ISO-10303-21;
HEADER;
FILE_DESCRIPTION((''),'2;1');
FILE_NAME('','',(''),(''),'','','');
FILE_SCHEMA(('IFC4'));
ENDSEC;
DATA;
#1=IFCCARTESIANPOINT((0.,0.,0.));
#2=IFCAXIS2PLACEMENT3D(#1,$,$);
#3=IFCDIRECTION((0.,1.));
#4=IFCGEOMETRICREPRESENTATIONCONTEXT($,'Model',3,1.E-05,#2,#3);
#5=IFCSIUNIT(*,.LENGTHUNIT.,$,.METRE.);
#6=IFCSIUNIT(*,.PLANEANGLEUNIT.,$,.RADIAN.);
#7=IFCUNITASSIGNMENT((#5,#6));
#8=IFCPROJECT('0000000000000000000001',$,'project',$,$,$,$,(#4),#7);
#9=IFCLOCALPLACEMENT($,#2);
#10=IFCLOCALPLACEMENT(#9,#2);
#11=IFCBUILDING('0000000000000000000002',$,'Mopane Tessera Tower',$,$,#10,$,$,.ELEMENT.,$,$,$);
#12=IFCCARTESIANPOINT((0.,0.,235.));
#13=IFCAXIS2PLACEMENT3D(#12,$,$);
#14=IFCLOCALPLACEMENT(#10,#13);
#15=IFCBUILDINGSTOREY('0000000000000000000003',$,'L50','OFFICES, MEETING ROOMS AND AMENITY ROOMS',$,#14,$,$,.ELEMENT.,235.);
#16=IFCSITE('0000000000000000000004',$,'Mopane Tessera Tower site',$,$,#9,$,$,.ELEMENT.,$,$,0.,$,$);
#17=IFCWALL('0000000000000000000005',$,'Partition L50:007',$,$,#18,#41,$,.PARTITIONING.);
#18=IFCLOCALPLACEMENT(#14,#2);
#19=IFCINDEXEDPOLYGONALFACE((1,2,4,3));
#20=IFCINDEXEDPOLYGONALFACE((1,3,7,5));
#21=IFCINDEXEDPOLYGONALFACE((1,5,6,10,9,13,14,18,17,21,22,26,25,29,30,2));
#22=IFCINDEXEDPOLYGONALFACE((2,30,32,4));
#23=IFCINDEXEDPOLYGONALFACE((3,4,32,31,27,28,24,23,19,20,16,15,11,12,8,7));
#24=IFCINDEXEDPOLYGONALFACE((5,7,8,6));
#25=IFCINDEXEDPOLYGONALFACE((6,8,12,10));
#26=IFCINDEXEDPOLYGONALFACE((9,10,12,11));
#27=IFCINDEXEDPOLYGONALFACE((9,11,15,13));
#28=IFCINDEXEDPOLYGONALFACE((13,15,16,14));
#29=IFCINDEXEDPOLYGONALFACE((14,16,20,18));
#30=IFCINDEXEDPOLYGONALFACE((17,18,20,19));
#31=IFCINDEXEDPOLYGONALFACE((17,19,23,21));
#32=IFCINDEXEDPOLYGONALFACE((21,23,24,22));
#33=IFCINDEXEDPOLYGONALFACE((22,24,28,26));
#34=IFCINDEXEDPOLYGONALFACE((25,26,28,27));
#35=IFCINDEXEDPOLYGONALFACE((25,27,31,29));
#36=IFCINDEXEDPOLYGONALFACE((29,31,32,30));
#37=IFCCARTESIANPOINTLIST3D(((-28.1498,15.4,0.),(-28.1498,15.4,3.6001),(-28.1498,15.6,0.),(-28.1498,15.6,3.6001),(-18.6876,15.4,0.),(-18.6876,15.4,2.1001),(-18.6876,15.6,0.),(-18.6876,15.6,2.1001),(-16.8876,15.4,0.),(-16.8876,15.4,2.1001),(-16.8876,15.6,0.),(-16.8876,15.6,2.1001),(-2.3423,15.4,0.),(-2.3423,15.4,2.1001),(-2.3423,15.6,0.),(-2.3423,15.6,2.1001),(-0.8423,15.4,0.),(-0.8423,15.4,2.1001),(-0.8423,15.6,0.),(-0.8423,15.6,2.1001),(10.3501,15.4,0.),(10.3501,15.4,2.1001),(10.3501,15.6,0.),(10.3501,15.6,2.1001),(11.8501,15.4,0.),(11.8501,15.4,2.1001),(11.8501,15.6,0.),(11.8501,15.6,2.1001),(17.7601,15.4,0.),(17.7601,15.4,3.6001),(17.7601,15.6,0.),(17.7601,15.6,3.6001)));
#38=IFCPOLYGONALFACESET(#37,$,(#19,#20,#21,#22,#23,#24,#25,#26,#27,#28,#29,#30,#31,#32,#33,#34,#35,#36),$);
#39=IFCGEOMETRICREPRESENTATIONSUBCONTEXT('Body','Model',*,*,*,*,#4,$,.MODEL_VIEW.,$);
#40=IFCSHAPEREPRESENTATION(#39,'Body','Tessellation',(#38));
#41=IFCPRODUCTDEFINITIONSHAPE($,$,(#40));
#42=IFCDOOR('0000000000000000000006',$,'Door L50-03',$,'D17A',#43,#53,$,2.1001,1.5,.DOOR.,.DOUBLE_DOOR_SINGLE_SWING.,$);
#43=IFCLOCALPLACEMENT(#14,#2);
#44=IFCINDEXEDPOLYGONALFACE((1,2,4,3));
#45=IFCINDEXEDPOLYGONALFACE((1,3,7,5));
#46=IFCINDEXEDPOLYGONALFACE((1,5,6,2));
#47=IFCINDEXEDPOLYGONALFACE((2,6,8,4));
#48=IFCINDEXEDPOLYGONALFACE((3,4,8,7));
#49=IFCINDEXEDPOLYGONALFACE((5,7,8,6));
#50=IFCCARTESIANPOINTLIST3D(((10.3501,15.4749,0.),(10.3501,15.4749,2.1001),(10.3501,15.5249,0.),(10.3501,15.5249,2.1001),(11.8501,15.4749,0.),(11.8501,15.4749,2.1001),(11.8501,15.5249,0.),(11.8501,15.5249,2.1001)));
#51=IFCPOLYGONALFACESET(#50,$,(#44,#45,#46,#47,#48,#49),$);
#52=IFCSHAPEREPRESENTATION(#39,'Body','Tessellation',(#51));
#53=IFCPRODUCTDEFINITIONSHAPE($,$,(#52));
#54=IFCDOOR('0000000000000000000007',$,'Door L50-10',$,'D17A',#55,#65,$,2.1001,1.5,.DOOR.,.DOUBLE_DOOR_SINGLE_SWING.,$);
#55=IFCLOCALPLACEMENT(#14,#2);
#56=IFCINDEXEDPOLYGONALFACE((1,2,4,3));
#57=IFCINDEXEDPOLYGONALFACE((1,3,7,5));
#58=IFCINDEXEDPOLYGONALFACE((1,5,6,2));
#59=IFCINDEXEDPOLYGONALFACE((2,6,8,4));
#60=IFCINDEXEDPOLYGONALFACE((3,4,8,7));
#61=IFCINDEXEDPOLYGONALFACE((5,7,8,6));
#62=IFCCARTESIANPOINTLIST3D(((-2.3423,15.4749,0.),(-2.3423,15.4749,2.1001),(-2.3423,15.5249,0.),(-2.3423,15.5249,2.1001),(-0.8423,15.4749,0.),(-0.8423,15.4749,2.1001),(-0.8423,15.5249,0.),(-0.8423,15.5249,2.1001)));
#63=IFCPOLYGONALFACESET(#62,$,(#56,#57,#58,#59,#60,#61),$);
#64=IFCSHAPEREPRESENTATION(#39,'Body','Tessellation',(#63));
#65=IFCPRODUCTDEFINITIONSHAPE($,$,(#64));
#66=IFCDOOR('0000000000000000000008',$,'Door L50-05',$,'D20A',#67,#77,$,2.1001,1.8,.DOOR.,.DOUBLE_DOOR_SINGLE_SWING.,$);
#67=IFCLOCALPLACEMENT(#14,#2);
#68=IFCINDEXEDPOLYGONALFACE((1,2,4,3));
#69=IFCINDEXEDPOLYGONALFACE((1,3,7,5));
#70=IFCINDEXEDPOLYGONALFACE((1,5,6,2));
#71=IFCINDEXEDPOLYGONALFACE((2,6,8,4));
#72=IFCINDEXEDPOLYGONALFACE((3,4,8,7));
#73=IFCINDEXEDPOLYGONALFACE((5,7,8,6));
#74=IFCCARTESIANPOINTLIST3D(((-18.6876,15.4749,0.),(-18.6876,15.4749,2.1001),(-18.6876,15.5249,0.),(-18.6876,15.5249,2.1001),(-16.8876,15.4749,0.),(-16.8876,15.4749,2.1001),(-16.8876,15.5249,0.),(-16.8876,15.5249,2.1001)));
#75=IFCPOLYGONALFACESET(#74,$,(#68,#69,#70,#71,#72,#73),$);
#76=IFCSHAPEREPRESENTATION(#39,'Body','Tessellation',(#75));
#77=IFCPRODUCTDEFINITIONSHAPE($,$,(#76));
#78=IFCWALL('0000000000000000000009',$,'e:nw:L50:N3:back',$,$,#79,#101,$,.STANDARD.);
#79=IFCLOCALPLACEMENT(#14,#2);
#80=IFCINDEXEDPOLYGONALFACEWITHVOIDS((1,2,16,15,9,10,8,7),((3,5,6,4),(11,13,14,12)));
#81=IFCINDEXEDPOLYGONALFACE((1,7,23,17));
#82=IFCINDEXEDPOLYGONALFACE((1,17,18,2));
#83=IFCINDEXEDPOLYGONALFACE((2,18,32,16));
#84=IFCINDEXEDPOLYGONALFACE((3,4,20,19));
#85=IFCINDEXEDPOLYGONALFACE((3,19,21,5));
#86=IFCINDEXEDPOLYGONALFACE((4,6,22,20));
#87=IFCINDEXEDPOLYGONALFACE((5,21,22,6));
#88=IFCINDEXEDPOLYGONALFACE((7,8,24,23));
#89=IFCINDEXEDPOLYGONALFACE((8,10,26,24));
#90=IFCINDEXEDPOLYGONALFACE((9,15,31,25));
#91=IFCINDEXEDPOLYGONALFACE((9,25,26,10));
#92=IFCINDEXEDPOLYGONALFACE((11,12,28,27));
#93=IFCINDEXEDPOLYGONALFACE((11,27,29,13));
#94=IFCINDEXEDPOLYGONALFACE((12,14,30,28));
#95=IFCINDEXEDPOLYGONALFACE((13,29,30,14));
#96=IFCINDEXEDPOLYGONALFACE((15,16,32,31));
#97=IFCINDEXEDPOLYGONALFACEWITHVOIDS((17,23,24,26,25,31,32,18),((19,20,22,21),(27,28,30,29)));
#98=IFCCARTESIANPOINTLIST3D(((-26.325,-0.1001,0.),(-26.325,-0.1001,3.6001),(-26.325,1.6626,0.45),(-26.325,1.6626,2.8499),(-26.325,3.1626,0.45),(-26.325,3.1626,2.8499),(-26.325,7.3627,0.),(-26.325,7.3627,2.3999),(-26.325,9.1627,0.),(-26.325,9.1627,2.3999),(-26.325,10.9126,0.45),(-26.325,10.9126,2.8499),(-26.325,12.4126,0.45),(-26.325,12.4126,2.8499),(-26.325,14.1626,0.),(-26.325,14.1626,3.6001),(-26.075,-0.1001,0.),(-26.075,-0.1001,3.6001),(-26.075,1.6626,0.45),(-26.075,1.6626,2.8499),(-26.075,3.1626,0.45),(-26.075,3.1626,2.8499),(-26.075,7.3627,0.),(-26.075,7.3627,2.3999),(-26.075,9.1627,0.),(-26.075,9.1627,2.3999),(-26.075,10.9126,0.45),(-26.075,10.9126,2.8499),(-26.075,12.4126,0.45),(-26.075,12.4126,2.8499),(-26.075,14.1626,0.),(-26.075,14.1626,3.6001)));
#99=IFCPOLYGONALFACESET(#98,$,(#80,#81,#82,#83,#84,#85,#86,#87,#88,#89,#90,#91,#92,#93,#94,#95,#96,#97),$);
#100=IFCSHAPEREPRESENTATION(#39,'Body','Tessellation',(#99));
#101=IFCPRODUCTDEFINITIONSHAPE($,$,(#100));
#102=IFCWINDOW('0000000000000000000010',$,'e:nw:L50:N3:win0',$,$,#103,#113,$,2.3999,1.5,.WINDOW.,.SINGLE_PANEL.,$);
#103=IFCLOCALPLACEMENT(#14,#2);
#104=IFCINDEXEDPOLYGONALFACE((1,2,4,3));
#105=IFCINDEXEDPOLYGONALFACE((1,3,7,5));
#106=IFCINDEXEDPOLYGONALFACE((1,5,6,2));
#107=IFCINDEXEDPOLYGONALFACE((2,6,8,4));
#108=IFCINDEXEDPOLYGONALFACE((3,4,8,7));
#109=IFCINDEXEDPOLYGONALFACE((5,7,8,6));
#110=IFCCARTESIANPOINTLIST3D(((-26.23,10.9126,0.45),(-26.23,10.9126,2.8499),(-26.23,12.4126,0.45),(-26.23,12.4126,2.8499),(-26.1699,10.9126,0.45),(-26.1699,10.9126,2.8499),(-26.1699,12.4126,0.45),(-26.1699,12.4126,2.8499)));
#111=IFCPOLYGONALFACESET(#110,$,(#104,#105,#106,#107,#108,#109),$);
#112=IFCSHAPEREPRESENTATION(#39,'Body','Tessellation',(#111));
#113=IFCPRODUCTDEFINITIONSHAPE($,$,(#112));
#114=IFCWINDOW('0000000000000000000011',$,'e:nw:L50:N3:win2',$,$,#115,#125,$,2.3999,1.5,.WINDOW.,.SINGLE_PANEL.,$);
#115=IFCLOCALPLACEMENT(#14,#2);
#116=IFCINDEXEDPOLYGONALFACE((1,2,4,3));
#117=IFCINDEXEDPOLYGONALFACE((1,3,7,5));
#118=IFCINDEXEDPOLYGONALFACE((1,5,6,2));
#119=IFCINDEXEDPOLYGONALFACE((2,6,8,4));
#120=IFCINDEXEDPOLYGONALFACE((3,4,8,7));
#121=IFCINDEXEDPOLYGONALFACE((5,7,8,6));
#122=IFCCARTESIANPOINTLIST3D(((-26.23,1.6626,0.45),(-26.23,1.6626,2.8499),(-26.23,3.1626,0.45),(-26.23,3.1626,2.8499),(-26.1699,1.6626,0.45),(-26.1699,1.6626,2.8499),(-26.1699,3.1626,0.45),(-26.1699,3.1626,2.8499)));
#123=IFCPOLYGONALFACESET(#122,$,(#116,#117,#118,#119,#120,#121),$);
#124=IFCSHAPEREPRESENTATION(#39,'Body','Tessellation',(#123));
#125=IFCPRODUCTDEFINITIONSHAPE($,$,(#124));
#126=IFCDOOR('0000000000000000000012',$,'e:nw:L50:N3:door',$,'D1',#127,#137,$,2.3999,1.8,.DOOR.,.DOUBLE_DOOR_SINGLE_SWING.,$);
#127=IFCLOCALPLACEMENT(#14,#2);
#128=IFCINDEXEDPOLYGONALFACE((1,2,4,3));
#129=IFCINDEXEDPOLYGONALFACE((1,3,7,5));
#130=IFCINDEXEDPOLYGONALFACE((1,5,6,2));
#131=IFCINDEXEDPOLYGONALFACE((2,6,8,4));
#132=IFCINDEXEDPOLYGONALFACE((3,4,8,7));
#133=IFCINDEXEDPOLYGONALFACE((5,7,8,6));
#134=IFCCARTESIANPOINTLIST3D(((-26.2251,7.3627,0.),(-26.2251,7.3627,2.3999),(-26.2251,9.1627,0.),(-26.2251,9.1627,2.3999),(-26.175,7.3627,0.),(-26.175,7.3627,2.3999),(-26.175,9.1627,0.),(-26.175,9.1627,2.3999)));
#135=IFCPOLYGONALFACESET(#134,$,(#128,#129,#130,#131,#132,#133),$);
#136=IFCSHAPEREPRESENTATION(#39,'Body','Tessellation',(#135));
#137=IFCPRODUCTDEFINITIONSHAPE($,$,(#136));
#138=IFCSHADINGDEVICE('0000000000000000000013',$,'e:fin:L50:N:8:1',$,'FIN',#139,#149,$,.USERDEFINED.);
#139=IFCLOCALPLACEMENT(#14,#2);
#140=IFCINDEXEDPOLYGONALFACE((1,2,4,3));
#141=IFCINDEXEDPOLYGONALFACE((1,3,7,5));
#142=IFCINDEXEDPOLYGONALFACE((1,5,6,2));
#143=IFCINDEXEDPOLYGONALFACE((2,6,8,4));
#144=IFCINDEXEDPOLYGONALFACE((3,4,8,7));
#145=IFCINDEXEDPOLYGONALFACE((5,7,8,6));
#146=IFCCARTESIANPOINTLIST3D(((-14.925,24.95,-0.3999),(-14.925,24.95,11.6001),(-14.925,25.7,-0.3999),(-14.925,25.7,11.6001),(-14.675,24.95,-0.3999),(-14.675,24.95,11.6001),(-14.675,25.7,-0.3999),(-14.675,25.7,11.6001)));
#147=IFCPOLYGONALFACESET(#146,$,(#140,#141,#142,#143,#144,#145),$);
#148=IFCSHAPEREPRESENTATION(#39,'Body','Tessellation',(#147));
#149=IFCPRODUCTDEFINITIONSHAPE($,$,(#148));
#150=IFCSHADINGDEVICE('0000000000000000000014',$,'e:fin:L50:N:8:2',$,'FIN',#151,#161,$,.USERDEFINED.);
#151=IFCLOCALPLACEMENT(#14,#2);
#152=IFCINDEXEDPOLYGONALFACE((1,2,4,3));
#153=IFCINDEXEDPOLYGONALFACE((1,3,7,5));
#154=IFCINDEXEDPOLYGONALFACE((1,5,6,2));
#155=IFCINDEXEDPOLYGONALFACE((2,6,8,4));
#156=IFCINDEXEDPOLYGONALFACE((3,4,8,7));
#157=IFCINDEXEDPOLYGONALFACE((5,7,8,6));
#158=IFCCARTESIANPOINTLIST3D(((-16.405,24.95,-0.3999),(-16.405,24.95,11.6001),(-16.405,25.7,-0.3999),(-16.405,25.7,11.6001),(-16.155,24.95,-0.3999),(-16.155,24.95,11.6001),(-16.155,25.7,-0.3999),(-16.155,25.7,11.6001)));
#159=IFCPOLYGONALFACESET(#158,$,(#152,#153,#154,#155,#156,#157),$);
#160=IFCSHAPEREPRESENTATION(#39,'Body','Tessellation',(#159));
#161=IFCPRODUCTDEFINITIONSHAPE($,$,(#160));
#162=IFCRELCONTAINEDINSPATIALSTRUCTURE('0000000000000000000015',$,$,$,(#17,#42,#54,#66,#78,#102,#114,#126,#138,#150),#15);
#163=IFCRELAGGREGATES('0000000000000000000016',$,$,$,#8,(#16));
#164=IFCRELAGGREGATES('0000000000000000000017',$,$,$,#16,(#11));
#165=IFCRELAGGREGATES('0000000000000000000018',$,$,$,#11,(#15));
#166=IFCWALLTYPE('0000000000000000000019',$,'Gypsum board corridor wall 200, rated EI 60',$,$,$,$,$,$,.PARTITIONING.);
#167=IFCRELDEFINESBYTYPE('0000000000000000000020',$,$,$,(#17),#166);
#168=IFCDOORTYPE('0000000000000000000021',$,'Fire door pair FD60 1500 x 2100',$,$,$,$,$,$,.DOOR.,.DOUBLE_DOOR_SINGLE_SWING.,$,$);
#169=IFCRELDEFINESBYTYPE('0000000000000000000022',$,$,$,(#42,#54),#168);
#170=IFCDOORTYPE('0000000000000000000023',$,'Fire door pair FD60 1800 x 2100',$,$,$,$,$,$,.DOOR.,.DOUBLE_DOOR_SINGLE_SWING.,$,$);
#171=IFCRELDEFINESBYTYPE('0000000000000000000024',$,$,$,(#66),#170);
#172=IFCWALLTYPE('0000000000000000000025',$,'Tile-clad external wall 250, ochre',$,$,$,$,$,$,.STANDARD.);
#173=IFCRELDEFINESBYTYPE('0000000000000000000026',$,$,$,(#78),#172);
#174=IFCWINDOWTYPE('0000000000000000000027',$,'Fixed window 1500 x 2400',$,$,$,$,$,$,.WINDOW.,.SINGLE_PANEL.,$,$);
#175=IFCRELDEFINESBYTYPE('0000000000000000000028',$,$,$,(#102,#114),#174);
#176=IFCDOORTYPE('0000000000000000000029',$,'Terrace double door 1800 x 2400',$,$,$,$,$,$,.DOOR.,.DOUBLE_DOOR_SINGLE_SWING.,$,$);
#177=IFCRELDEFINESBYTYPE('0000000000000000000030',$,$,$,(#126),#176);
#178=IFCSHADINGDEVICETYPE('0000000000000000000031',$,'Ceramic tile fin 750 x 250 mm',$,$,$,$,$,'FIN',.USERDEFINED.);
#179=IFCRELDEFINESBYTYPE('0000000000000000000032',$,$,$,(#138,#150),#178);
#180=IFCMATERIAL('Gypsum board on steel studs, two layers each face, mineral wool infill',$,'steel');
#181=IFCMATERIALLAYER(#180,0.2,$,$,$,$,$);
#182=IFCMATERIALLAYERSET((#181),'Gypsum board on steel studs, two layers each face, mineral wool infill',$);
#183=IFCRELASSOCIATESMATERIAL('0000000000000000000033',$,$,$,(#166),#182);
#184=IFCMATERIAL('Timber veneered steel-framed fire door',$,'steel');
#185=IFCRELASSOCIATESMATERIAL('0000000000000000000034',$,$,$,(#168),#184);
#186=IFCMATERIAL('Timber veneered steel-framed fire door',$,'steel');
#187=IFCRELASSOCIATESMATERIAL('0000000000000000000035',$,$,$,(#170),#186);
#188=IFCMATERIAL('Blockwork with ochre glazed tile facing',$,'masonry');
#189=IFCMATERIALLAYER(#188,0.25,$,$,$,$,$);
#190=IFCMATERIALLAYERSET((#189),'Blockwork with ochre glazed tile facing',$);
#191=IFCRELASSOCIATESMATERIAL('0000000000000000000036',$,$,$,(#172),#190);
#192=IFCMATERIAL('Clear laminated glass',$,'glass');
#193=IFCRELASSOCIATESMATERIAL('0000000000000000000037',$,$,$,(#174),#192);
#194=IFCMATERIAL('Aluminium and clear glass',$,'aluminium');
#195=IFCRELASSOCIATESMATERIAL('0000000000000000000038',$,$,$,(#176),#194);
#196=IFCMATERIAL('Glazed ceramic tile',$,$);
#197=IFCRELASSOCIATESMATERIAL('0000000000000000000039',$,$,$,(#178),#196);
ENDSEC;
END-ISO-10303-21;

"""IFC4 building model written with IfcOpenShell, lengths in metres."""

from ifc_helpers import new_model, si_unit, direction, frame, frame_2d, origin, origin_2d, place, context, subcontext, project, spatial, rectangle, extrude, material, layer, layer_set, type_object, element, fill, save


model = new_model("IFC4")

# Units and contexts
model_context = context("Model", 3, precision=1e-05, world=origin(), true_north=direction((0.0, 1.0)))
body_context = subcontext(model_context, "Body", "Model", "MODEL_VIEW")
ifc_project = project(units=[si_unit("LENGTHUNIT", "METRE"), si_unit("PLANEANGLEUNIT", "RADIAN")], contexts=[model_context])

# Site, building, storey
site_placement = place(None, origin())
site = spatial("IfcSite", under=ifc_project, at=site_placement, Name="Mopane Tessera Tower site", CompositionType="ELEMENT", RefElevation=0.0)
building_placement = place(site_placement, origin())
building = spatial("IfcBuilding", under=site, at=building_placement, Name="Mopane Tessera Tower", CompositionType="ELEMENT")
storey_placement = place(building_placement, frame((0.0, 0.0, 235.0)))
storey = spatial("IfcBuildingStorey", under=building, at=storey_placement, Name="L50", Description="OFFICES, MEETING ROOMS AND AMENITY ROOMS", CompositionType="ELEMENT", Elevation=235.0)

# Wall, openings, doors
ifc_material_1 = material(Name="Gypsum board on steel studs, two layers each face, mineral wool infill", Category="steel")
ifc_layer_1 = layer(ifc_material_1, 0.2)
ifc_layer_set_1 = layer_set([ifc_layer_1], Name="Gypsum board on steel studs, two layers each face, mineral wool infill")
wall_type_1 = type_object("IfcWallType", Name="Gypsum board corridor wall 200, rated EI 60", PredefinedType="PARTITIONING", material=ifc_layer_set_1)
wall_1_placement = place(storey_placement, frame((-28.1499, 15.5, 0.0), z_axis=(0.0, 0.0, 1.0), x_axis=(1.0, 0.0, 0.0)))
wall_1 = element("IfcWall", 1, at=wall_1_placement, inside=storey, type_object=wall_type_1, Name="Partition L50:007", PredefinedType="PARTITIONING", context=body_context, shape_type="SweptSolid", body=[
    extrude(rectangle(XDim=45.9099, YDim=0.2, at=frame_2d((22.9551, 0.0))), origin(), (0.0, 0.0, 1.0), 3.6001),
])
opening_1_placement = place(wall_1_placement, frame((38.5, 0.0, 0.0)))
opening_1 = element("IfcOpeningElement", 2, at=opening_1_placement, cuts=wall_1, PredefinedType="OPENING", context=body_context, shape_type="SweptSolid", body=[
    extrude(rectangle(XDim=1.5, YDim=2.1001, at=frame_2d((0.75, 1.05))), frame((0.0, 0.1121, 0.0), z_axis=(0.0, -1.0, 0.0), x_axis=(1.0, 0.0, 0.0)), (0.0, 0.0, 1.0), 0.2239),
])
opening_2_placement = place(wall_1_placement, frame((9.4624, 0.0, 0.0)))
opening_2 = element("IfcOpeningElement", 3, at=opening_2_placement, cuts=wall_1, PredefinedType="OPENING", context=body_context, shape_type="SweptSolid", body=[
    extrude(rectangle(XDim=1.8, YDim=2.1001, at=frame_2d((0.8999, 1.05))), frame((0.0, 0.1121, 0.0), z_axis=(0.0, -1.0, 0.0), x_axis=(1.0, 0.0, 0.0)), (0.0, 0.0, 1.0), 0.2239),
])
opening_3_placement = place(wall_1_placement, frame((25.8076, 0.0, 0.0)))
opening_3 = element("IfcOpeningElement", 4, at=opening_3_placement, cuts=wall_1, PredefinedType="OPENING", context=body_context, shape_type="SweptSolid", body=[
    extrude(rectangle(XDim=1.5, YDim=2.1001, at=frame_2d((0.75, 1.05))), frame((0.0, 0.1121, 0.0), z_axis=(0.0, -1.0, 0.0), x_axis=(1.0, 0.0, 0.0)), (0.0, 0.0, 1.0), 0.2239),
])
ifc_material_2 = material(Name="Timber veneered steel-framed fire door", Category="steel")
door_type_1 = type_object("IfcDoorType", Name="Fire door pair FD60 1500 x 2100", OperationType="DOUBLE_DOOR_SINGLE_SWING", PredefinedType="DOOR", material=ifc_material_2)
door_1_placement = place(opening_1_placement, origin())
door_1 = element("IfcDoor", 5, at=door_1_placement, inside=storey, type_object=door_type_1, Name="Door L50-03", ObjectType="D17A", OperationType="DOUBLE_DOOR_SINGLE_SWING", OverallHeight=2.1001, OverallWidth=1.5, PredefinedType="DOOR", context=body_context, shape_type="SweptSolid", body=[
    extrude(rectangle(XDim=1.5, YDim=2.1001, at=frame_2d((0.75, 1.05))), frame((0.0, 0.0249, 0.0), z_axis=(0.0, -1.0, 0.0), x_axis=(1.0, 0.0, 0.0)), (0.0, 0.0, 1.0), 0.05),
])
fill(opening_1, door_1)
door_2_placement = place(opening_3_placement, origin())
door_2 = element("IfcDoor", 6, at=door_2_placement, inside=storey, type_object=door_type_1, Name="Door L50-10", ObjectType="D17A", OperationType="DOUBLE_DOOR_SINGLE_SWING", OverallHeight=2.1001, OverallWidth=1.5, PredefinedType="DOOR", context=body_context, shape_type="SweptSolid", body=[
    extrude(rectangle(XDim=1.5, YDim=2.1001, at=frame_2d((0.75, 1.05))), frame((0.0, 0.0249, 0.0), z_axis=(0.0, -1.0, 0.0), x_axis=(1.0, 0.0, 0.0)), (0.0, 0.0, 1.0), 0.05),
])
fill(opening_3, door_2)
ifc_material_3 = material(Name="Timber veneered steel-framed fire door", Category="steel")
door_type_2 = type_object("IfcDoorType", Name="Fire door pair FD60 1800 x 2100", OperationType="DOUBLE_DOOR_SINGLE_SWING", PredefinedType="DOOR", material=ifc_material_3)
door_3_placement = place(opening_2_placement, origin())
door_3 = element("IfcDoor", 7, at=door_3_placement, inside=storey, type_object=door_type_2, Name="Door L50-05", ObjectType="D20A", OperationType="DOUBLE_DOOR_SINGLE_SWING", OverallHeight=2.1001, OverallWidth=1.8, PredefinedType="DOOR", context=body_context, shape_type="SweptSolid", body=[
    extrude(rectangle(XDim=1.8, YDim=2.1001, at=frame_2d((0.8999, 1.05))), frame((0.0, 0.0249, 0.0), z_axis=(0.0, -1.0, 0.0), x_axis=(1.0, 0.0, 0.0)), (0.0, 0.0, 1.0), 0.05),
])
fill(opening_2, door_3)

# Wall, openings, windows, door
ifc_material_4 = material(Name="Blockwork with ochre glazed tile facing", Category="masonry")
ifc_layer_2 = layer(ifc_material_4, 0.25)
ifc_layer_set_2 = layer_set([ifc_layer_2], Name="Blockwork with ochre glazed tile facing")
wall_type_2 = type_object("IfcWallType", Name="Tile-clad external wall 250, ochre", PredefinedType="STANDARD", material=ifc_layer_set_2)
wall_2_placement = place(storey_placement, frame((-26.2, 14.1626, 0.0), z_axis=(0.0, 0.0, 1.0), x_axis=(0.0, -1.0, 0.0)))
wall_2 = element("IfcWall", 8, at=wall_2_placement, inside=storey, type_object=wall_type_2, Name="e:nw:L50:N3:back", PredefinedType="STANDARD", context=body_context, shape_type="SweptSolid", body=[
    extrude(rectangle(XDim=14.2627, YDim=0.25, at=frame_2d((7.1313, 0.0))), origin(), (0.0, 0.0, 1.0), 3.6001),
])
opening_4_placement = place(wall_2_placement, frame((1.75, 0.0, 0.45)))
opening_4 = element("IfcOpeningElement", 9, at=opening_4_placement, cuts=wall_2, PredefinedType="OPENING", context=body_context, shape_type="SweptSolid", body=[
    extrude(rectangle(XDim=1.5, YDim=2.3999, at=frame_2d((0.75, 1.2))), frame((0.0, 0.137, 0.0), z_axis=(0.0, -1.0, 0.0), x_axis=(1.0, 0.0, 0.0)), (0.0, 0.0, 1.0), 0.2739),
])
opening_5_placement = place(wall_2_placement, frame((5.0, 0.0, 0.0)))
opening_5 = element("IfcOpeningElement", 10, at=opening_5_placement, cuts=wall_2, PredefinedType="OPENING", context=body_context, shape_type="SweptSolid", body=[
    extrude(rectangle(XDim=1.8, YDim=2.3999, at=frame_2d((0.8999, 1.2))), frame((0.0, 0.137, 0.0), z_axis=(0.0, -1.0, 0.0), x_axis=(1.0, 0.0, 0.0)), (0.0, 0.0, 1.0), 0.2739),
])
opening_6_placement = place(wall_2_placement, frame((11.0, 0.0, 0.45)))
opening_6 = element("IfcOpeningElement", 11, at=opening_6_placement, cuts=wall_2, PredefinedType="OPENING", context=body_context, shape_type="SweptSolid", body=[
    extrude(rectangle(XDim=1.5, YDim=2.3999, at=frame_2d((0.75, 1.2))), frame((0.0, 0.137, 0.0), z_axis=(0.0, -1.0, 0.0), x_axis=(1.0, 0.0, 0.0)), (0.0, 0.0, 1.0), 0.2739),
])
ifc_material_5 = material(Name="Clear laminated glass", Category="glass")
window_type = type_object("IfcWindowType", Name="Fixed window 1500 x 2400", PartitioningType="SINGLE_PANEL", PredefinedType="WINDOW", material=ifc_material_5)
window_1_placement = place(opening_4_placement, origin())
window_1 = element("IfcWindow", 12, at=window_1_placement, inside=storey, type_object=window_type, Name="e:nw:L50:N3:win0", OverallHeight=2.3999, OverallWidth=1.5, PartitioningType="SINGLE_PANEL", PredefinedType="WINDOW", context=body_context, shape_type="SweptSolid", body=[
    extrude(rectangle(XDim=1.5, YDim=2.3999, at=frame_2d((0.75, 1.2))), frame((0.0, 0.03, 0.0), z_axis=(0.0, -1.0, 0.0), x_axis=(1.0, 0.0, 0.0)), (0.0, 0.0, 1.0), 0.0601),
])
fill(opening_4, window_1)
window_2_placement = place(opening_6_placement, origin())
window_2 = element("IfcWindow", 13, at=window_2_placement, inside=storey, type_object=window_type, Name="e:nw:L50:N3:win2", OverallHeight=2.3999, OverallWidth=1.5, PartitioningType="SINGLE_PANEL", PredefinedType="WINDOW", context=body_context, shape_type="SweptSolid", body=[
    extrude(rectangle(XDim=1.5, YDim=2.3999, at=frame_2d((0.75, 1.2))), frame((0.0, 0.03, 0.0), z_axis=(0.0, -1.0, 0.0), x_axis=(1.0, 0.0, 0.0)), (0.0, 0.0, 1.0), 0.0601),
])
fill(opening_6, window_2)
ifc_material_6 = material(Name="Aluminium and clear glass", Category="aluminium")
door_type_3 = type_object("IfcDoorType", Name="Terrace double door 1800 x 2400", OperationType="DOUBLE_DOOR_SINGLE_SWING", PredefinedType="DOOR", material=ifc_material_6)
door_4_placement = place(opening_5_placement, origin())
door_4 = element("IfcDoor", 14, at=door_4_placement, inside=storey, type_object=door_type_3, Name="e:nw:L50:N3:door", ObjectType="D1", OperationType="DOUBLE_DOOR_SINGLE_SWING", OverallHeight=2.3999, OverallWidth=1.8, PredefinedType="DOOR", context=body_context, shape_type="SweptSolid", body=[
    extrude(rectangle(XDim=1.8, YDim=2.3999, at=frame_2d((0.8999, 1.2))), frame((0.0, 0.0249, 0.0), z_axis=(0.0, -1.0, 0.0), x_axis=(1.0, 0.0, 0.0)), (0.0, 0.0, 1.0), 0.05),
])
fill(opening_5, door_4)

# Shading devices
ifc_material_7 = material(Name="Glazed ceramic tile")
shading_device_type = type_object("IfcShadingDeviceType", Name="Ceramic tile fin 750 x 250 mm", ElementType="FIN", PredefinedType="USERDEFINED", material=ifc_material_7)
for number, where, z_axis, x_axis, name in (
    (15, (-14.8, 25.325, -0.3999), (0.0, 0.0, 1.0), (-1.0, 0.0, 0.0), "e:fin:L50:N:8:1"),
    (16, (-16.28, 25.325, -0.3999), (0.0, 0.0, 1.0), (-1.0, 0.0, 0.0), "e:fin:L50:N:8:2"),
):
    element("IfcShadingDevice", number, at=place(storey_placement, frame(where, z_axis=z_axis, x_axis=x_axis)), inside=storey, type_object=shading_device_type, Name=name, ObjectType="FIN", PredefinedType="USERDEFINED", context=body_context, shape_type="SweptSolid", body=[
        extrude(rectangle(XDim=0.25, YDim=0.75, at=origin_2d()), origin(), (0.0, 0.0, 1.0), 12.0),
    ])

save(model, "model.ifc")
